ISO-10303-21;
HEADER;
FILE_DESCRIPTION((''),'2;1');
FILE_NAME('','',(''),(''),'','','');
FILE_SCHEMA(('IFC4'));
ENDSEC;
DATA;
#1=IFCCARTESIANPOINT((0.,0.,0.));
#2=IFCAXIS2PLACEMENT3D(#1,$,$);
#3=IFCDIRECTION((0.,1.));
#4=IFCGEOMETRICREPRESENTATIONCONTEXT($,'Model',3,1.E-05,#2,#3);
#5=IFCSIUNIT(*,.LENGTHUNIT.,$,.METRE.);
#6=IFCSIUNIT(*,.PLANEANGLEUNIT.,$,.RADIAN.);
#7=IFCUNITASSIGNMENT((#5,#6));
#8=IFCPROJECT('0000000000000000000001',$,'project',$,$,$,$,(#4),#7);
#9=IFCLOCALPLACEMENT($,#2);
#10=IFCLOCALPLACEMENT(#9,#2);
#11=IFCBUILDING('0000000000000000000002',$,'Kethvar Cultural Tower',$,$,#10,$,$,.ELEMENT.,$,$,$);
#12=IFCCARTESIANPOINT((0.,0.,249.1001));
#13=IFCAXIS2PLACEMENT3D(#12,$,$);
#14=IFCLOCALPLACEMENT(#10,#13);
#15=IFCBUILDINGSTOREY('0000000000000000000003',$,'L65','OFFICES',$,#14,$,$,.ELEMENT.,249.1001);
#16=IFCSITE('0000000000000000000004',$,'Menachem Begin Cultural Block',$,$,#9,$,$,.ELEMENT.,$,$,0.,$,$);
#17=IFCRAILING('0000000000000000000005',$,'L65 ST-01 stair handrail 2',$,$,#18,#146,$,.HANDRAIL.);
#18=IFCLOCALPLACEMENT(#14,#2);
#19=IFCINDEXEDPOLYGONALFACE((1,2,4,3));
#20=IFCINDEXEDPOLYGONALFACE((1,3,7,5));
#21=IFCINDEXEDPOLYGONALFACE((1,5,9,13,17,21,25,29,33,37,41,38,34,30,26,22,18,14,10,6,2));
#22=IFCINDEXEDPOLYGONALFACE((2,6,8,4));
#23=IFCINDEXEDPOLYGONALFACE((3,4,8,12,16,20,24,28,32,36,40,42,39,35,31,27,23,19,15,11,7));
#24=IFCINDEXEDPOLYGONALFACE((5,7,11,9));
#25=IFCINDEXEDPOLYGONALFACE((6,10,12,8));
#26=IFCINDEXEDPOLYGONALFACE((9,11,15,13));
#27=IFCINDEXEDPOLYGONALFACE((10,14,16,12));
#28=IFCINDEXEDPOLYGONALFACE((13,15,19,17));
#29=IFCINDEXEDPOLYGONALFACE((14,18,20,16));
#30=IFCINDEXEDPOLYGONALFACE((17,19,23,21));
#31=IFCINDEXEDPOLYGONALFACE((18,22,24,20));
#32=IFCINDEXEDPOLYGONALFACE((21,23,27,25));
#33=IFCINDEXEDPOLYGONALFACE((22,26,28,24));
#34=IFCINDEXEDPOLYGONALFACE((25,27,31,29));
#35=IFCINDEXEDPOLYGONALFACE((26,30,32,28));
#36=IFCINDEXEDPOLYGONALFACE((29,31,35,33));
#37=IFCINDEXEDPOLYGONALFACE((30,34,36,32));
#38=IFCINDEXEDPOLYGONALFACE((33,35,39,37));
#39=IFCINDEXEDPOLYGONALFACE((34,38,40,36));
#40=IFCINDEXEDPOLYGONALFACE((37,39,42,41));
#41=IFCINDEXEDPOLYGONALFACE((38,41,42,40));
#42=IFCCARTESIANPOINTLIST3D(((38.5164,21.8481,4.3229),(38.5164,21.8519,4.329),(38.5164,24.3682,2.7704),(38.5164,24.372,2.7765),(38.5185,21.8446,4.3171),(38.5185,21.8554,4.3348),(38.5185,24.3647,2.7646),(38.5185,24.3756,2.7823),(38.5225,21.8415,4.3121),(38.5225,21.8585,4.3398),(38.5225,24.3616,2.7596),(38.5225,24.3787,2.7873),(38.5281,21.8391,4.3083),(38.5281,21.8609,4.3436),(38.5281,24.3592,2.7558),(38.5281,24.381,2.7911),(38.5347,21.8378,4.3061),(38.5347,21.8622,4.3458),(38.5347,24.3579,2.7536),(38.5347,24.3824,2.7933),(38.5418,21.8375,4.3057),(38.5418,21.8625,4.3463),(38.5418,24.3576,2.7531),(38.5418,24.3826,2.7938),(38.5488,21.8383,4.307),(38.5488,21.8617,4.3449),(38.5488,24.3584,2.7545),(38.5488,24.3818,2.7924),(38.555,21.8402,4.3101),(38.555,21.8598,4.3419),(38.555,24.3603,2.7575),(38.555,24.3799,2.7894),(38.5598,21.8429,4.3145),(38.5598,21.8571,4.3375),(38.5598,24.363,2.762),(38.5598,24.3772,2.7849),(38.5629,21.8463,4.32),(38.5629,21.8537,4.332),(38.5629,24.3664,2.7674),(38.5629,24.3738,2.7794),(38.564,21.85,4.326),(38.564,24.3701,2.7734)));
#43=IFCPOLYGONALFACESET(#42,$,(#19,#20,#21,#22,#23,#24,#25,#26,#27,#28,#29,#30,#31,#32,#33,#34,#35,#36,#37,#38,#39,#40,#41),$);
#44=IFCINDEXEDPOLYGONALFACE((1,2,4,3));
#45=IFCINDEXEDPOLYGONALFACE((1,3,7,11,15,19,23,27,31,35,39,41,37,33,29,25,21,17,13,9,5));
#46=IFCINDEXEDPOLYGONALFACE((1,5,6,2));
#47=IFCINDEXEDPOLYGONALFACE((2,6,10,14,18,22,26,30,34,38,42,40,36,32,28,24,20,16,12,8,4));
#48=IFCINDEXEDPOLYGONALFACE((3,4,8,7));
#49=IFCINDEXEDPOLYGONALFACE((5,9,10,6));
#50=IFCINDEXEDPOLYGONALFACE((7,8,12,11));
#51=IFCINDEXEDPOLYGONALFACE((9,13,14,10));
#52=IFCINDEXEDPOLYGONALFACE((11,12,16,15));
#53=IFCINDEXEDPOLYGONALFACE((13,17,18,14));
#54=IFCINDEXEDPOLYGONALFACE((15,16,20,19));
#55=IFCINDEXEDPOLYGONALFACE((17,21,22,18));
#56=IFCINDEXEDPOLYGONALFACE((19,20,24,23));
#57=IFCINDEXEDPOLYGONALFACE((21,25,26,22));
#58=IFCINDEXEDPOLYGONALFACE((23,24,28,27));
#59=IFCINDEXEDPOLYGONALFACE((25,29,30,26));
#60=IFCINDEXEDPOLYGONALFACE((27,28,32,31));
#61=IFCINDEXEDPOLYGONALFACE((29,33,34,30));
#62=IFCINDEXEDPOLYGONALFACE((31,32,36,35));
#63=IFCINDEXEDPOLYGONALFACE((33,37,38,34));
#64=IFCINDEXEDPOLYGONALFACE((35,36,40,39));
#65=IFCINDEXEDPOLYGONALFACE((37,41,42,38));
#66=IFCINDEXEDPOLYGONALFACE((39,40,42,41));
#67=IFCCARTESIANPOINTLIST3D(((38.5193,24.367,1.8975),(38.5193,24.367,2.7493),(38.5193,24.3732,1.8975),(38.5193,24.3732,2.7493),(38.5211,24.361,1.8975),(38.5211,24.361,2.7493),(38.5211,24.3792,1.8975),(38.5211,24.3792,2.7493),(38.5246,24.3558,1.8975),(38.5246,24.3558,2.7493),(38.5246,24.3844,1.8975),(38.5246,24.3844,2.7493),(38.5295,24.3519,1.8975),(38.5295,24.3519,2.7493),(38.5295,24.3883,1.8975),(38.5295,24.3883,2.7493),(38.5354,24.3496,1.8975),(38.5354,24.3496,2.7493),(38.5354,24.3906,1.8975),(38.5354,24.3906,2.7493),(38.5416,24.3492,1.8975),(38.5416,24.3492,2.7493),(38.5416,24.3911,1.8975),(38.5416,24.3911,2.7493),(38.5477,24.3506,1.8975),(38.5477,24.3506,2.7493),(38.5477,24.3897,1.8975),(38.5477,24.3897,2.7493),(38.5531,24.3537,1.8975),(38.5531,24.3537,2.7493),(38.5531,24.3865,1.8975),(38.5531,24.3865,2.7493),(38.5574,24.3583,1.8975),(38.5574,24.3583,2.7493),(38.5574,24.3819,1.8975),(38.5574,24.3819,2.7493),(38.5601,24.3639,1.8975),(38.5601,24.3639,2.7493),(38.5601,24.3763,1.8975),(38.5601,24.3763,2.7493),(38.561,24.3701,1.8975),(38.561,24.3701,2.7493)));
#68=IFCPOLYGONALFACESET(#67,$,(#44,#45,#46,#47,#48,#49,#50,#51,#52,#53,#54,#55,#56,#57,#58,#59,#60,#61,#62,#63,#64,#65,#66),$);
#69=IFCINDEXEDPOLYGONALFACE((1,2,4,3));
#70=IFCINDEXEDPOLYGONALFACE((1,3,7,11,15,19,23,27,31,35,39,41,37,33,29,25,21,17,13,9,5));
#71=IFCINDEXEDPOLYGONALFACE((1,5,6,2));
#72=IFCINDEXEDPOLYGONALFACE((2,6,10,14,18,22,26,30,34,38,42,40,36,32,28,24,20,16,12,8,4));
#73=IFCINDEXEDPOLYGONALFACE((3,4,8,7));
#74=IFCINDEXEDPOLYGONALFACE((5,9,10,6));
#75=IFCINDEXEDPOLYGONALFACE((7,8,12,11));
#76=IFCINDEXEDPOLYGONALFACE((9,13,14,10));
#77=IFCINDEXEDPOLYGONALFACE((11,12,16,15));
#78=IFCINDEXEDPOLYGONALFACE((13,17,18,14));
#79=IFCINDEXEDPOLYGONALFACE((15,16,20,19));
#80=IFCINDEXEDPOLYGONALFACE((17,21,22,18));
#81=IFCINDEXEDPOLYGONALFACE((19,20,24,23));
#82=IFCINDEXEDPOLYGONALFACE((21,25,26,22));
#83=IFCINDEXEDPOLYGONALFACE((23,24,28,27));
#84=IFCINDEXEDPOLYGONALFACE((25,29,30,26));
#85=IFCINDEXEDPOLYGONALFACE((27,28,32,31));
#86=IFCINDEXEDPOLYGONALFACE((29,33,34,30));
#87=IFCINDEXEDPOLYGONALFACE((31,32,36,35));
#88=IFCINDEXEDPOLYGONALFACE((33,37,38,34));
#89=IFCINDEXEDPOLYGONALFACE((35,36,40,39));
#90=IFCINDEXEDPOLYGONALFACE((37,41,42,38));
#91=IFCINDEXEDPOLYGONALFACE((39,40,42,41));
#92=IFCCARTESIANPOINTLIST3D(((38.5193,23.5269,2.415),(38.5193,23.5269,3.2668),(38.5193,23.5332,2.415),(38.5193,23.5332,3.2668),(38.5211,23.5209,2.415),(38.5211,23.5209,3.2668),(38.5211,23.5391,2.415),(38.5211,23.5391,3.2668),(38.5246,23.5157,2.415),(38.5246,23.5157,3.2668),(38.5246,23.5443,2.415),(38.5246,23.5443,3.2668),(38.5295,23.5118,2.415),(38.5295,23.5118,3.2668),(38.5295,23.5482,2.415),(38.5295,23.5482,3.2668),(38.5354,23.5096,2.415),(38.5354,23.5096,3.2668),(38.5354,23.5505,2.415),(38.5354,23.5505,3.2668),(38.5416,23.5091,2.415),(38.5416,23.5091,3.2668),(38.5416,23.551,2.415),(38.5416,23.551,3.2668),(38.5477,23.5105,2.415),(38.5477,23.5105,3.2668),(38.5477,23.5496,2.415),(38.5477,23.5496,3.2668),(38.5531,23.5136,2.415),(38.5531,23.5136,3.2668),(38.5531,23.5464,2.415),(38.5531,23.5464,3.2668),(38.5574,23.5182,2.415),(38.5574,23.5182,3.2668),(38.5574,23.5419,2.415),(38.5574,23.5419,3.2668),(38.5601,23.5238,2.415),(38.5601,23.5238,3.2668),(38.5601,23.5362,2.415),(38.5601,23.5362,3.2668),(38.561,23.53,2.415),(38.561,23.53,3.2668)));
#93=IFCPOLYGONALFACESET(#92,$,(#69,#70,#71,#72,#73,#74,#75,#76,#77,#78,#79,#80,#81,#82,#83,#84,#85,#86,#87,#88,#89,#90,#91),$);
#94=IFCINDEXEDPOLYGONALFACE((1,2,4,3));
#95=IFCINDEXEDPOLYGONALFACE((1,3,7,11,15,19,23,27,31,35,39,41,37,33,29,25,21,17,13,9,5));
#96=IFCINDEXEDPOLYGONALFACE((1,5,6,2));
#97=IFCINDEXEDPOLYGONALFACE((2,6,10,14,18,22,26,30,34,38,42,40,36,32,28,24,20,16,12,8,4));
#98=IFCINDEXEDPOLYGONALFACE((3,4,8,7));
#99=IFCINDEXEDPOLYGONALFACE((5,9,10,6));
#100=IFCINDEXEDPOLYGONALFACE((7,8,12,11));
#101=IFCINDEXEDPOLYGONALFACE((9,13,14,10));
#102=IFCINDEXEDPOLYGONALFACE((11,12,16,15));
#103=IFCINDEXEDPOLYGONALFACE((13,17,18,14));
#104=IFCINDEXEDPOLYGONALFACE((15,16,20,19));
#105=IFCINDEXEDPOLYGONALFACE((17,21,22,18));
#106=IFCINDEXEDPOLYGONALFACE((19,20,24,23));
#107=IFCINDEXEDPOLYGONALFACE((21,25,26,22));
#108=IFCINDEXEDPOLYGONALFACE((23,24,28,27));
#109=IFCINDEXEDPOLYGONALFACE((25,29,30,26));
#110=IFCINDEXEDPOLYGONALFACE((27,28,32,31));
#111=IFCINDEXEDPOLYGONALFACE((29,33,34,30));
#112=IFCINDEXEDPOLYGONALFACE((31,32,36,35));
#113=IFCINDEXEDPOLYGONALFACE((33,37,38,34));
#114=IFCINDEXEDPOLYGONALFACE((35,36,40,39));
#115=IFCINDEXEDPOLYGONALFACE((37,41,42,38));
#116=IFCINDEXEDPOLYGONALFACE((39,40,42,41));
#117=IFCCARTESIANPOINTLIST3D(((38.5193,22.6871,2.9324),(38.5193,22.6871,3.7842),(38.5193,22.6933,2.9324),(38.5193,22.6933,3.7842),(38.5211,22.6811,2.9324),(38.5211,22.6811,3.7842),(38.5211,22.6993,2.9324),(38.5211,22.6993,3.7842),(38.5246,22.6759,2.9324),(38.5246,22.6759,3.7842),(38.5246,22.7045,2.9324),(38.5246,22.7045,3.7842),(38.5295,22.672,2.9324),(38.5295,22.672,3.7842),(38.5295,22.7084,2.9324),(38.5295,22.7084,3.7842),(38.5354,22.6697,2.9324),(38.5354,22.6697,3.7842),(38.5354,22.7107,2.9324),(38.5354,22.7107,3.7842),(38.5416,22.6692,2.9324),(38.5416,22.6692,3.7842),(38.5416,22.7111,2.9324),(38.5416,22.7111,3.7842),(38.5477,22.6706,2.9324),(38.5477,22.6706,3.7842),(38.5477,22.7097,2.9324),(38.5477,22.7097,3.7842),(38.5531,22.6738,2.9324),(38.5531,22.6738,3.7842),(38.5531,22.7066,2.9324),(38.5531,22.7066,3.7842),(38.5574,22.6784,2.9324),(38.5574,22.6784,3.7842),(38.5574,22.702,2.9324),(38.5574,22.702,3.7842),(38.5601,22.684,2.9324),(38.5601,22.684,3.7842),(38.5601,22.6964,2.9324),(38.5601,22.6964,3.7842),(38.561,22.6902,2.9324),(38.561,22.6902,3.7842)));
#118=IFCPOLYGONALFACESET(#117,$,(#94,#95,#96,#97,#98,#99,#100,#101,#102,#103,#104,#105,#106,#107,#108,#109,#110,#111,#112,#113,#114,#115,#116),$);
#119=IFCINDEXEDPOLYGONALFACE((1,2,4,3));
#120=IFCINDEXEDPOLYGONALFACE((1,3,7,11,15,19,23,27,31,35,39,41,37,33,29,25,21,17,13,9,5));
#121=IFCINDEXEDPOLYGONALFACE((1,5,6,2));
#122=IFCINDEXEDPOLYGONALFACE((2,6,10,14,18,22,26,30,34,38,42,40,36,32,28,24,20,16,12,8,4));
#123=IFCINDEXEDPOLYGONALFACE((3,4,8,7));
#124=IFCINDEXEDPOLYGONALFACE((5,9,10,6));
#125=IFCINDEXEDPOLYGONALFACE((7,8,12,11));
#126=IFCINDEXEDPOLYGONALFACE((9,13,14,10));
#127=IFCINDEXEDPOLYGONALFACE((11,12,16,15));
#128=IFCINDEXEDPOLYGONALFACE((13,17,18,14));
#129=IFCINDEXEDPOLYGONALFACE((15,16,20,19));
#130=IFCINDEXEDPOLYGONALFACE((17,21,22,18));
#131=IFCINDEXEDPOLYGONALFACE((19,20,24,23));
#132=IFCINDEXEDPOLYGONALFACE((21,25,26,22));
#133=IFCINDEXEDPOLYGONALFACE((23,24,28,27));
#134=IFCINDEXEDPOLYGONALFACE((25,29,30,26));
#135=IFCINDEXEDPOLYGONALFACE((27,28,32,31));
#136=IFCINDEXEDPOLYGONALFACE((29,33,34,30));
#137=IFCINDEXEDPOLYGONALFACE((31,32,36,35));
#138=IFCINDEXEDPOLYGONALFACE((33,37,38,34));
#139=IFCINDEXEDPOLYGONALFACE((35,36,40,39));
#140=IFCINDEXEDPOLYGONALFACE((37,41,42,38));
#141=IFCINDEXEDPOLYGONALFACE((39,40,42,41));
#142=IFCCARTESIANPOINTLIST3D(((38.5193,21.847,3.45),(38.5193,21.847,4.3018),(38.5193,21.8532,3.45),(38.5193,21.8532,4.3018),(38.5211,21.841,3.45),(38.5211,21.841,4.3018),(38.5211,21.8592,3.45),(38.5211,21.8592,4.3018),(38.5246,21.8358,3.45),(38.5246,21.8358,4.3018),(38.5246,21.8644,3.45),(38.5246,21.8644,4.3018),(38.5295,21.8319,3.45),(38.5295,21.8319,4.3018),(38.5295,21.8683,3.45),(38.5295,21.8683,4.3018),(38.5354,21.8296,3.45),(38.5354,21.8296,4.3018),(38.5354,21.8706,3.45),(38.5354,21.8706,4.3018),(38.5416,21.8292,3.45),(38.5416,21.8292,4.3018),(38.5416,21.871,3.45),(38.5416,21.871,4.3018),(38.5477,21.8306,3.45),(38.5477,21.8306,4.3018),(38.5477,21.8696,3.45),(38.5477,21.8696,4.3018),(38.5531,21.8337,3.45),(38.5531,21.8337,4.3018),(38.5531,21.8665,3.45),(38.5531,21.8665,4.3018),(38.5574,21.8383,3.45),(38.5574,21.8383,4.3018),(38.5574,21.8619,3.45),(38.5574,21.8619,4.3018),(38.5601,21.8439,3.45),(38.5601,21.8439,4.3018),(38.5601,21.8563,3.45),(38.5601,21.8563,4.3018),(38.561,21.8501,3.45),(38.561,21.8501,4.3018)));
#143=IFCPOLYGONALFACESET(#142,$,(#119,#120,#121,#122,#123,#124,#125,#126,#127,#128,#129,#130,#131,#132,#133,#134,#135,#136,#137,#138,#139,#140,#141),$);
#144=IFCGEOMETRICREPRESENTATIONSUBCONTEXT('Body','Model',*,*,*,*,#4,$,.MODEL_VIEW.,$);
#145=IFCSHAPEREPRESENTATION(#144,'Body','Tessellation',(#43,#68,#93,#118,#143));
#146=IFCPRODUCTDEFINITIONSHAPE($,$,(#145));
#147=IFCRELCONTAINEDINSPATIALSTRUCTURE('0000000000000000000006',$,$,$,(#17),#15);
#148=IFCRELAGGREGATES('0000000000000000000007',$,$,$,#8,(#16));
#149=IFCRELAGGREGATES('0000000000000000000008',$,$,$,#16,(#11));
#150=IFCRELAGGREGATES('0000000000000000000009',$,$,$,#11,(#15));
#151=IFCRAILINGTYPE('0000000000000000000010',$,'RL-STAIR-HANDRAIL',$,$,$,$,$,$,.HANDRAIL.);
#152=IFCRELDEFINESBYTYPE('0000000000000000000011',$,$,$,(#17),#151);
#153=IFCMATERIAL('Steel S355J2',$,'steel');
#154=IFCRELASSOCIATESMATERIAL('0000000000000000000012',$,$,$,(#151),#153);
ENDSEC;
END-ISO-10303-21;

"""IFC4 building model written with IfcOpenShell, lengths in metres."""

from ifc_helpers import new_model, si_unit, direction, frame, origin, origin_2d, place, context, subcontext, project, spatial, circle, extrude, material, type_object, element, save


model = new_model("IFC4")

# Units and contexts
model_context = context("Model", 3, precision=1e-05, world=origin(), true_north=direction((0.0, 1.0)))
body_context = subcontext(model_context, "Body", "Model", "MODEL_VIEW")
ifc_project = project(units=[si_unit("LENGTHUNIT", "METRE"), si_unit("PLANEANGLEUNIT", "RADIAN")], contexts=[model_context])

# Site, building, storey
site_placement = place(None, origin())
site = spatial("IfcSite", under=ifc_project, at=site_placement, Name="Menachem Begin Cultural Block", CompositionType="ELEMENT", RefElevation=0.0)
building_placement = place(site_placement, origin())
building = spatial("IfcBuilding", under=site, at=building_placement, Name="Kethvar Cultural Tower", CompositionType="ELEMENT")
storey_placement = place(building_placement, frame((0.0, 0.0, 249.1001)))
storey = spatial("IfcBuildingStorey", under=building, at=storey_placement, Name="L65", Description="OFFICES", CompositionType="ELEMENT", Elevation=249.1001)

# Shared definitions
ifc_material_1 = material(Name="Steel S355J2", Category="steel")

# Railing
railing_type_1 = type_object("IfcRailingType", Name="RL-STAIR-HANDRAIL", PredefinedType="HANDRAIL", material=ifc_material_1)
railing_1_placement = place(storey_placement, frame((38.54, 24.3701, 1.8975)))
element("IfcRailing", 1, at=railing_1_placement, inside=storey, type_object=railing_type_1, Name="L65 ST-01 stair handrail 2", PredefinedType="HANDRAIL", context=body_context, shape_type="SweptSolid", body=[
    extrude(circle(Radius=0.0239, at=origin_2d()), frame((0.0, 0.0, 0.876), z_axis=(0.0, -0.8514, 0.524516), x_axis=(1.0, 0.0, 0.0)), (0.0, 0.0, 1.0), 2.96),
    extrude(circle(Radius=0.021, at=origin_2d()), origin(), (0.0, 0.0, 1.0), 0.8518),
    extrude(circle(Radius=0.021, at=origin_2d()), frame((0.0, -0.8401, 0.5176)), (0.0, 0.0, 1.0), 0.8518),
    extrude(circle(Radius=0.021, at=origin_2d()), frame((0.0, -1.6799, 1.0349)), (0.0, 0.0, 1.0), 0.8518),
    extrude(circle(Radius=0.021, at=origin_2d()), frame((0.0, -2.52, 1.5525)), (0.0, 0.0, 1.0), 0.8518),
])

save(model, "model.ifc")
